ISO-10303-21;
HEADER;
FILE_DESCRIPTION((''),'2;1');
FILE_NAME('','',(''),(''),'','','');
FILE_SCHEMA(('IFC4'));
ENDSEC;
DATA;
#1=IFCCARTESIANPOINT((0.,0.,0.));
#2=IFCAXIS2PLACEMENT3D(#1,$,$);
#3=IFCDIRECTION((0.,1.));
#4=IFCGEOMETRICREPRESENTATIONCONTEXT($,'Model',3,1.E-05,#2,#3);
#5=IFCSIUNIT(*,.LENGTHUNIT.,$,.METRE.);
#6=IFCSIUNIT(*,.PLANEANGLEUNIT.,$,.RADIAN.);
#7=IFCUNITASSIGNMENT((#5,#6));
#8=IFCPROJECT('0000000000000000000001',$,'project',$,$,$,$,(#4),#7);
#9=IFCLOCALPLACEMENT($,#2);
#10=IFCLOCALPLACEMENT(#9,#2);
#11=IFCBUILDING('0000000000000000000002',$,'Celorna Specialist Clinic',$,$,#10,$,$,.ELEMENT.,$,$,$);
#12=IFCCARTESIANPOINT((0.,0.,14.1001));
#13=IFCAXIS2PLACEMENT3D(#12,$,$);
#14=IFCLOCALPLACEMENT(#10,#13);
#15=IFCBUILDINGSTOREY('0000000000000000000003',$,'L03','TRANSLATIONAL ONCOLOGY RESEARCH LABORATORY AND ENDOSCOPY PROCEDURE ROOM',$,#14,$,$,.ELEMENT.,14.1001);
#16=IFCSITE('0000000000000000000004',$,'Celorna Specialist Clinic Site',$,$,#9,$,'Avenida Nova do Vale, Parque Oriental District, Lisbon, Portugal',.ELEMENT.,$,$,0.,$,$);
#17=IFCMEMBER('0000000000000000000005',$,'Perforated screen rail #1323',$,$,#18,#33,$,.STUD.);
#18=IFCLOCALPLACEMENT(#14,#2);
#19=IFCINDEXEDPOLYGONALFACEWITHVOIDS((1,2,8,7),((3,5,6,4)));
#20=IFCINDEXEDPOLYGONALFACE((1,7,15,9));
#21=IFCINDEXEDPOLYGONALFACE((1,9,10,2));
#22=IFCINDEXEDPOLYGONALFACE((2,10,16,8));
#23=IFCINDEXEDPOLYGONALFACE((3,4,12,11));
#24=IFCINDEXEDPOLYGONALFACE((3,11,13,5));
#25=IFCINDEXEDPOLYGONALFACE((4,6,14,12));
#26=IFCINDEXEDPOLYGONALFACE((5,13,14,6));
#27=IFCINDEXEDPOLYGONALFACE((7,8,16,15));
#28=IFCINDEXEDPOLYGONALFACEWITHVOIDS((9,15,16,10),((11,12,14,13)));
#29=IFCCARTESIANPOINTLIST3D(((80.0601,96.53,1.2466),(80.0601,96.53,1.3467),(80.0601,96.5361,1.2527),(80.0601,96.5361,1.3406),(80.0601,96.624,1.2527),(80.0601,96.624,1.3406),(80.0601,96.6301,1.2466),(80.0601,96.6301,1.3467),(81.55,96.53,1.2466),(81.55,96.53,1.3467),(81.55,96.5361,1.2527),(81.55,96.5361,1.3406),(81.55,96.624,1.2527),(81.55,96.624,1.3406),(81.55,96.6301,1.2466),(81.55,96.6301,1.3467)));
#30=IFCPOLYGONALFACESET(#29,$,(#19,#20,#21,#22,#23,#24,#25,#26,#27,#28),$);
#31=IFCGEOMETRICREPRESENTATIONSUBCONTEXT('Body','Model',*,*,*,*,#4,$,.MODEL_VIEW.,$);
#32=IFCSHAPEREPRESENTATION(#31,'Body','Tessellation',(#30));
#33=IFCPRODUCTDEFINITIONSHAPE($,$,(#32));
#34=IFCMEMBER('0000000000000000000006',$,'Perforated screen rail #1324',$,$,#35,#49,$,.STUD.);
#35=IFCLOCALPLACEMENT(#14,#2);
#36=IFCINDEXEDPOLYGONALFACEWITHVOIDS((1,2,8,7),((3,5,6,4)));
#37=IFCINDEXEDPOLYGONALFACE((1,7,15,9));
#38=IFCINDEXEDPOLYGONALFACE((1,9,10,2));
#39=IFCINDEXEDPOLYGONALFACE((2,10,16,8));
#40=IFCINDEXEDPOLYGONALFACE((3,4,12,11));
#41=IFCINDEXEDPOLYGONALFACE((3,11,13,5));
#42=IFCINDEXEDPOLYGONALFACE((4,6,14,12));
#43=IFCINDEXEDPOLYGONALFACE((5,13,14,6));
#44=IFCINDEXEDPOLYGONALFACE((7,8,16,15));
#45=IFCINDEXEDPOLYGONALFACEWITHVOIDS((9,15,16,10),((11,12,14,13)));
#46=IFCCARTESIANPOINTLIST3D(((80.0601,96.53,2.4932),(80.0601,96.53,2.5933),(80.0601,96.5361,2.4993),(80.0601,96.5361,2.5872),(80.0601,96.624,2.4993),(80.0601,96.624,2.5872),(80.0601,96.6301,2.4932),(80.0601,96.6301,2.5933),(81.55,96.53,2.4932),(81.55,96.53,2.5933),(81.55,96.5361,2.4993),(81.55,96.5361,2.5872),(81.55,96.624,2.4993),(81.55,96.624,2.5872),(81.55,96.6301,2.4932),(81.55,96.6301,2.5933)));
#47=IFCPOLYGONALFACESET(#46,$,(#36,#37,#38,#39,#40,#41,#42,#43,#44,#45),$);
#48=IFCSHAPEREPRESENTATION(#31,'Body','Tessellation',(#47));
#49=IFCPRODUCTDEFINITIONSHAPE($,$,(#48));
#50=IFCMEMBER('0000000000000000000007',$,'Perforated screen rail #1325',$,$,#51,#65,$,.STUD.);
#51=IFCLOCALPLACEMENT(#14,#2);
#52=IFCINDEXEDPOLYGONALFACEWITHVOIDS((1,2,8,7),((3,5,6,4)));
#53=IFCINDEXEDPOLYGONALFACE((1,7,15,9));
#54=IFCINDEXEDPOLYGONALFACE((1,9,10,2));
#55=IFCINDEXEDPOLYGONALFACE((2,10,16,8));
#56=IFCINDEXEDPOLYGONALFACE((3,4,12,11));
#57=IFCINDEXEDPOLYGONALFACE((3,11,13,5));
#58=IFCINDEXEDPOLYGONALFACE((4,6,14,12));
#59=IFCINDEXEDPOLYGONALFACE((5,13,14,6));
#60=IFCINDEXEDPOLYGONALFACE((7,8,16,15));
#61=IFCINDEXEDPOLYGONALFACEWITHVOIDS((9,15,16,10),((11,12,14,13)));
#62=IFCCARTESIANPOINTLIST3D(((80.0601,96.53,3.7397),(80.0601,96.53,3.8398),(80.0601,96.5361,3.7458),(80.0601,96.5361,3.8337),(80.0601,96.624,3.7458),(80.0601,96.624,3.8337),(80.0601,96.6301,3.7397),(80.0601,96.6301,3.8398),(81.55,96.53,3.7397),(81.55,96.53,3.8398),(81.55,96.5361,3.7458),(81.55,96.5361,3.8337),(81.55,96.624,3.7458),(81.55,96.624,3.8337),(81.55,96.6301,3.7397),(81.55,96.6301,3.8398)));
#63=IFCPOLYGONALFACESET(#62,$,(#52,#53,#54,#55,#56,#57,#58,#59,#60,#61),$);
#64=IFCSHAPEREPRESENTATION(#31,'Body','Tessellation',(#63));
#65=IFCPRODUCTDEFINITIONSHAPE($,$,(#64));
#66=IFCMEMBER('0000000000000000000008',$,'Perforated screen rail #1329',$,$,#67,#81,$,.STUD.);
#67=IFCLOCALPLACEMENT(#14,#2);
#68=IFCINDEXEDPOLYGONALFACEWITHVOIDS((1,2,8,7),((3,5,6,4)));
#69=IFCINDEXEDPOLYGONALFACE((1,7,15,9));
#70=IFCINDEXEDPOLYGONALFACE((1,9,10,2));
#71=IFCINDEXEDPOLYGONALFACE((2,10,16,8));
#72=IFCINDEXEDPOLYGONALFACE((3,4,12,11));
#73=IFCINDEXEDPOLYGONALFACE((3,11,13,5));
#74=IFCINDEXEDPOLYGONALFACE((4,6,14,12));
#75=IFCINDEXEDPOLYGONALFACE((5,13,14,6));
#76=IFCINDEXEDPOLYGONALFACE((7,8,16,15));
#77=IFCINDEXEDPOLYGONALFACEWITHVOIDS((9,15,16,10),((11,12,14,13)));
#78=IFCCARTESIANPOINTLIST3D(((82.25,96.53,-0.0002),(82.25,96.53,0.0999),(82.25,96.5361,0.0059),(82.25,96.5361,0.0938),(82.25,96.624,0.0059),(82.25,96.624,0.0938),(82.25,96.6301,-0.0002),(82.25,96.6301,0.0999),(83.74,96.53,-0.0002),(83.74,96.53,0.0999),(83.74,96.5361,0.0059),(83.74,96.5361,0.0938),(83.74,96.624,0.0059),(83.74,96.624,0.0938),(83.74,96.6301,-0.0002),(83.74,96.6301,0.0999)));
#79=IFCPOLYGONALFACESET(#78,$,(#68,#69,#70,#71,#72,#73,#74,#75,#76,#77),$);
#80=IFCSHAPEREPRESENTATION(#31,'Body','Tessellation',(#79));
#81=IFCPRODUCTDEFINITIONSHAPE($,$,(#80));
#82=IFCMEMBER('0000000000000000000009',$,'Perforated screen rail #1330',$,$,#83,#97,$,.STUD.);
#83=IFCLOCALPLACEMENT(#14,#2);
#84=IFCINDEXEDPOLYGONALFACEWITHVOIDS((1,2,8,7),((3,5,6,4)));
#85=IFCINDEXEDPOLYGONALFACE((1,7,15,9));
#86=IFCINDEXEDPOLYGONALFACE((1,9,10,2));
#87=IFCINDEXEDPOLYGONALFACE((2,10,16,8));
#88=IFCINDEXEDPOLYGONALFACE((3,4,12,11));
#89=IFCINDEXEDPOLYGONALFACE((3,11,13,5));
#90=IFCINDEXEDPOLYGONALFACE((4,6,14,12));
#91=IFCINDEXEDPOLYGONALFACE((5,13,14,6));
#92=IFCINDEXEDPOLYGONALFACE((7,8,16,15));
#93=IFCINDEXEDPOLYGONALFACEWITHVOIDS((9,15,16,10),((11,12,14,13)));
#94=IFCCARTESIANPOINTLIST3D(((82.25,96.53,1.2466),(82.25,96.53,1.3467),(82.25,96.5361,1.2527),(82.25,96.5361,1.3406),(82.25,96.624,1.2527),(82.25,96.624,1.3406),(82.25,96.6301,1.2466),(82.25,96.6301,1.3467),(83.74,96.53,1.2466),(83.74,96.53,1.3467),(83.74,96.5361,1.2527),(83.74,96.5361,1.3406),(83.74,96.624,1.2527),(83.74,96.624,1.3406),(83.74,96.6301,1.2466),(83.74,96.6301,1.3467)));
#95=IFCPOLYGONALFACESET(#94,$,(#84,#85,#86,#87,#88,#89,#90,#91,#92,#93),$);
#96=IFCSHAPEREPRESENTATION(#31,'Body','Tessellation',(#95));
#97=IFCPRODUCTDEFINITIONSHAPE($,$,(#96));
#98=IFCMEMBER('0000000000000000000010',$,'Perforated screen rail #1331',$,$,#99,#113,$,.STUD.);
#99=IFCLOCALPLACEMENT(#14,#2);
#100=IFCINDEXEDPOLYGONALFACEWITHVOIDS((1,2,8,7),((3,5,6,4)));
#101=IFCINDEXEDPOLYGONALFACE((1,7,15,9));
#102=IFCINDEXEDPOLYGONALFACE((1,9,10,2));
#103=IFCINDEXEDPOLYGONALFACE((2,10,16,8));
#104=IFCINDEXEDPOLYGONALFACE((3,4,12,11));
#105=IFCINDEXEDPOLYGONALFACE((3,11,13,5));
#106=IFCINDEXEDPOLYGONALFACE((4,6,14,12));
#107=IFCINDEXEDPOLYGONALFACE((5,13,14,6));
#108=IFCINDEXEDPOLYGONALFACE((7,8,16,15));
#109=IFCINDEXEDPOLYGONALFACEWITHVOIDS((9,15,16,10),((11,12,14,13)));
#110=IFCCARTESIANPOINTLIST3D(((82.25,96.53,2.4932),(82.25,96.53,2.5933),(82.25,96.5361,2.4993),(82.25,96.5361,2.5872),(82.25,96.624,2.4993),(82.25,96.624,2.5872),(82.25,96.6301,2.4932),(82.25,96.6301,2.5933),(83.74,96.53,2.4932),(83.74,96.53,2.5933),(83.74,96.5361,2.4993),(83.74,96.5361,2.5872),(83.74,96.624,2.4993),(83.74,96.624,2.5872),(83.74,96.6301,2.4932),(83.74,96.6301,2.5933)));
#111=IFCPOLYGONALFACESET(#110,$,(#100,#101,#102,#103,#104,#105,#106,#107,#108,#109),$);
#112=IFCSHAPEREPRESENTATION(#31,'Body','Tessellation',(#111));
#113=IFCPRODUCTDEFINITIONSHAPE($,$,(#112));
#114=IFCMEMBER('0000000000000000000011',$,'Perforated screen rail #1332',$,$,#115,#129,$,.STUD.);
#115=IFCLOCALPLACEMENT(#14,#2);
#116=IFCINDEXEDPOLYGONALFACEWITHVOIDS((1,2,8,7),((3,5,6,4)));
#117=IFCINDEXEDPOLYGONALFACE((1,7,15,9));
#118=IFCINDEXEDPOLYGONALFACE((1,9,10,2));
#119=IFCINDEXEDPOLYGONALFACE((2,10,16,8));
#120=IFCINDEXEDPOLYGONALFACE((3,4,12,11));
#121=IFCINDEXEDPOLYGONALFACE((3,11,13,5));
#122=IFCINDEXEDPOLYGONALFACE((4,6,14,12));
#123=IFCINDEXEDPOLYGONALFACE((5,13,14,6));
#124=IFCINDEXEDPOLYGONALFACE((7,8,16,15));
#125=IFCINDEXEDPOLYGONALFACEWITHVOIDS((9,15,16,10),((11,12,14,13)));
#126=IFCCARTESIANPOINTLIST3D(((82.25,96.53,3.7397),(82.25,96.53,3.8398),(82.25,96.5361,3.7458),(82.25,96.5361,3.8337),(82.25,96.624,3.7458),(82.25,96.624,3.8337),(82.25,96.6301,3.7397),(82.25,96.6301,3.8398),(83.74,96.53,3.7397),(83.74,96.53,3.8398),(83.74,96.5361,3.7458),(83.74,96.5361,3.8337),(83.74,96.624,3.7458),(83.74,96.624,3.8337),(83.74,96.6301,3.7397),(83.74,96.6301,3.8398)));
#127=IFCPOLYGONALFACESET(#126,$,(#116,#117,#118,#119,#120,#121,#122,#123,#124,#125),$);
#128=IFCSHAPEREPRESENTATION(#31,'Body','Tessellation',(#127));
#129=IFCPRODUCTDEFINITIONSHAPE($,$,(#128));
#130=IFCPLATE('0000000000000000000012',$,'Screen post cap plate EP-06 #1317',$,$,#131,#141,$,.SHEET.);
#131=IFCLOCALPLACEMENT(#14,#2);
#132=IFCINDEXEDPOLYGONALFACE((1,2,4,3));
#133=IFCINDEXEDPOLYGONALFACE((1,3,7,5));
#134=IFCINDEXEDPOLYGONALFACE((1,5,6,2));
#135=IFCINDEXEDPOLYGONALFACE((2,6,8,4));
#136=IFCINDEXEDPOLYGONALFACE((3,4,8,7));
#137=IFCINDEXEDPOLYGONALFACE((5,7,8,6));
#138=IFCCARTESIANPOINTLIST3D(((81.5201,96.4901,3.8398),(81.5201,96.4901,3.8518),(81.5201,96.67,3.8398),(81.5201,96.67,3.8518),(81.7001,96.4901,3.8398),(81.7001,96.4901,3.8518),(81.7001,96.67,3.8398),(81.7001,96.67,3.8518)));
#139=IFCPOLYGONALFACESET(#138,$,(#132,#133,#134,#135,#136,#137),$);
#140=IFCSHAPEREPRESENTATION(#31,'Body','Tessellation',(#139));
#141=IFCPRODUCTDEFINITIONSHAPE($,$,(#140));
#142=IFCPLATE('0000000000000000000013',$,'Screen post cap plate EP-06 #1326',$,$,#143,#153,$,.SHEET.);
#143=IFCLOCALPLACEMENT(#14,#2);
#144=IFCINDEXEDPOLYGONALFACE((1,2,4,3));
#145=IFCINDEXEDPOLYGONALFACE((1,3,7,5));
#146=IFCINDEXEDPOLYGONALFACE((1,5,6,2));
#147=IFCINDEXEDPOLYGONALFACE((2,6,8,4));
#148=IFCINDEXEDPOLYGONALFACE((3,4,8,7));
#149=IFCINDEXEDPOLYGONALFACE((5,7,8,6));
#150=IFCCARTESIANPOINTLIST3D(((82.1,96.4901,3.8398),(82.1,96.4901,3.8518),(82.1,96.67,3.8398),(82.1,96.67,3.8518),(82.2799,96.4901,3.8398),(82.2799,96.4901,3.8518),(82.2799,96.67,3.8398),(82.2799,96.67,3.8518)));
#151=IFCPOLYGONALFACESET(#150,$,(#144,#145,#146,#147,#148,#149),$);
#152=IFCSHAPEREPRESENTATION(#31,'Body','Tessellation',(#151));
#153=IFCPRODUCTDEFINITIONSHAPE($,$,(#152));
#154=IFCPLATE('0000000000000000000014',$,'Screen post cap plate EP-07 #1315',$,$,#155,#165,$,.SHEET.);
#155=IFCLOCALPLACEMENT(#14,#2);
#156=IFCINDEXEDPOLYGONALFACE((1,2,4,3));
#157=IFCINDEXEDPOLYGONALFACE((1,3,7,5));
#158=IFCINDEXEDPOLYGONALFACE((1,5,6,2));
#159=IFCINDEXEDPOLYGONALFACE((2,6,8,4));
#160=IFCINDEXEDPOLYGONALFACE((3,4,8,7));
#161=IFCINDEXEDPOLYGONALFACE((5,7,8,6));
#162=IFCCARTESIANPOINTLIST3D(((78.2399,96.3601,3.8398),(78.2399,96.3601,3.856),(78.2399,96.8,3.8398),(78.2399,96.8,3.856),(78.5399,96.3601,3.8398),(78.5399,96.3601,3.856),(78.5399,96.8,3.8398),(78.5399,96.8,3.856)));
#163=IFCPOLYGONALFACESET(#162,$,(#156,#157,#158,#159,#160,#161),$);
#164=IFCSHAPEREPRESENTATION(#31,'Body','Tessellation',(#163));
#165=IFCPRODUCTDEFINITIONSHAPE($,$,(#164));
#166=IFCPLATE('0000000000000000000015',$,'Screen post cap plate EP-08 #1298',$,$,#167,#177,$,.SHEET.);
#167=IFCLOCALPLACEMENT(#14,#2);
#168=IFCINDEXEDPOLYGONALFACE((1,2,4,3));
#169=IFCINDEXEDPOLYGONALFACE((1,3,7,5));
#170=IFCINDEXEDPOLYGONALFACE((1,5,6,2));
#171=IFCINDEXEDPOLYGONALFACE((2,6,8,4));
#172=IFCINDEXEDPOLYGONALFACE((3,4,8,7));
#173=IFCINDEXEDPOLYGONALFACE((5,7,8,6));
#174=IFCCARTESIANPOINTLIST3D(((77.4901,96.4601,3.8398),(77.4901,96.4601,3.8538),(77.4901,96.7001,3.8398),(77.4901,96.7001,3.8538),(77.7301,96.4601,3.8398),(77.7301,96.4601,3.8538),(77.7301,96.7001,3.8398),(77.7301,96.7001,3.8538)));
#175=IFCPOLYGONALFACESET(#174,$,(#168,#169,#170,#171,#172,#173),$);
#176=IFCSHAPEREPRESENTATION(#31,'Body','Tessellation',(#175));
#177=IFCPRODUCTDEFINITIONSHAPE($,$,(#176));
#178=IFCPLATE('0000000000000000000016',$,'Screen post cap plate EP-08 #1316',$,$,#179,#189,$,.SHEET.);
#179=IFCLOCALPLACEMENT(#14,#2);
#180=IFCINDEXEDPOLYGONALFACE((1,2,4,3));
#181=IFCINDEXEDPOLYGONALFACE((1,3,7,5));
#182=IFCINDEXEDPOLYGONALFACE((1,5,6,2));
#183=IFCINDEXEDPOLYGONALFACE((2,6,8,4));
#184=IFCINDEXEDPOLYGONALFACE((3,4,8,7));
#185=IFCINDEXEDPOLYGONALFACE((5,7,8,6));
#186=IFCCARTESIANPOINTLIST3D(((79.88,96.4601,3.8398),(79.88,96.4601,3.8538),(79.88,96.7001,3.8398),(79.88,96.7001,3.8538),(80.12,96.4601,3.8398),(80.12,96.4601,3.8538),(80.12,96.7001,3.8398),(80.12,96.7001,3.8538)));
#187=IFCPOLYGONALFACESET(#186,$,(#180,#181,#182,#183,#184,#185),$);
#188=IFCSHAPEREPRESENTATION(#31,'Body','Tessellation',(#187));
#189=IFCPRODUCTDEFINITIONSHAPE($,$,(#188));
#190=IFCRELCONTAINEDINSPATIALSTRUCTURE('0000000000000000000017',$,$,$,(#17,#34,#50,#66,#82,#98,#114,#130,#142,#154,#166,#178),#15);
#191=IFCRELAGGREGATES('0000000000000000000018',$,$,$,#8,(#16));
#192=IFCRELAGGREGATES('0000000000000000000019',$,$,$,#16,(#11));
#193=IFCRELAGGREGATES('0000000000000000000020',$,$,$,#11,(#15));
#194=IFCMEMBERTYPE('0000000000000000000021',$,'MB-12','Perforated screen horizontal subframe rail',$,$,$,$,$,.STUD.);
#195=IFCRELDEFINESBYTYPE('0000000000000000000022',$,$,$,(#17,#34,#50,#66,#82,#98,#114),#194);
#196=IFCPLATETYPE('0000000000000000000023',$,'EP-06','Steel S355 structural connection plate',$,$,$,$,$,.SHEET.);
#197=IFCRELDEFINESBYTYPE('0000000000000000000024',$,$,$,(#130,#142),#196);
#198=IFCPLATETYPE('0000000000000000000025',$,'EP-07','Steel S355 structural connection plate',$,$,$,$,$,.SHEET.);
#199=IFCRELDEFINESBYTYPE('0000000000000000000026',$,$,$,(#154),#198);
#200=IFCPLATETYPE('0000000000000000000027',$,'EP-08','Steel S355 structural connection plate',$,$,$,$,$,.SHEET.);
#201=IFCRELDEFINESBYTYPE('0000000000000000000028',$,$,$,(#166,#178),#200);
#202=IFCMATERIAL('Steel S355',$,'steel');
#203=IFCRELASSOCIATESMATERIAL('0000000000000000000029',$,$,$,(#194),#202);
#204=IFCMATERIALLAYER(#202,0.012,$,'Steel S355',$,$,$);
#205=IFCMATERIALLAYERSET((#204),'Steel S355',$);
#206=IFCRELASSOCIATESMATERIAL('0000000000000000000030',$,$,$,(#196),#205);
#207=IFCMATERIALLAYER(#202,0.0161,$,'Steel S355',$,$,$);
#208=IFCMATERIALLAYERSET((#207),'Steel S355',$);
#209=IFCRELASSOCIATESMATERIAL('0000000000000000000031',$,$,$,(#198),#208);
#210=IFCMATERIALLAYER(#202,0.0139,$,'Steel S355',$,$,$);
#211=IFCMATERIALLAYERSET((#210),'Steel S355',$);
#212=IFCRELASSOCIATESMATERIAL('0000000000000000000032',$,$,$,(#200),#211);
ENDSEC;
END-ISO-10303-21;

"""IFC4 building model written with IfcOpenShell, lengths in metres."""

from ifc_helpers import new_model, si_unit, direction, frame, origin, origin_2d, place, context, subcontext, project, spatial, rectangle, hollow_rectangle, extrude, material, layer, layer_set, material_profile, profile_set, type_object, element, save


model = new_model("IFC4")

# Units and contexts
model_context = context("Model", 3, precision=1e-05, world=origin(), true_north=direction((0.0, 1.0)))
body_context = subcontext(model_context, "Body", "Model", "MODEL_VIEW")
ifc_project = project(units=[si_unit("LENGTHUNIT", "METRE"), si_unit("PLANEANGLEUNIT", "RADIAN")], contexts=[model_context])

# Site, building, storey
site_placement = place(None, origin())
site = spatial("IfcSite", under=ifc_project, at=site_placement, Name="Celorna Specialist Clinic Site", LongName="Avenida Nova do Vale, Parque Oriental District, Lisbon, Portugal", CompositionType="ELEMENT", RefElevation=0.0)
building_placement = place(site_placement, origin())
building = spatial("IfcBuilding", under=site, at=building_placement, Name="Celorna Specialist Clinic", CompositionType="ELEMENT")
storey_placement = place(building_placement, frame((0.0, 0.0, 14.1001)))
storey = spatial("IfcBuildingStorey", under=building, at=storey_placement, Name="L03", Description="TRANSLATIONAL ONCOLOGY RESEARCH LABORATORY AND ENDOSCOPY PROCEDURE ROOM", CompositionType="ELEMENT", Elevation=14.1001)

# Shared definitions
ifc_material = material(Name="Steel S355", Category="steel")

# Members
ifc_material_profile_1 = material_profile(ifc_material, hollow_rectangle(XDim=0.1001, YDim=0.1001, WallThickness=0.0061, at=origin_2d()), Name="SHS 100x100x6")
ifc_profile_set_1 = profile_set([ifc_material_profile_1], Name="Steel S355")
member_type_1 = type_object("IfcMemberType", Name="MB-12", Description="Perforated screen horizontal subframe rail", PredefinedType="STUD", material=ifc_profile_set_1)
for number, where, z_axis, x_axis, name in (
    (1, (80.0601, 96.5801, 1.2966), (1.0, 0.0, 0.0), (0.0, 1.0, 0.0), "Perforated screen rail #1323"),
    (2, (80.0601, 96.5801, 2.5432), (1.0, 0.0, 0.0), (0.0, 1.0, 0.0), "Perforated screen rail #1324"),
    (3, (80.0601, 96.5801, 3.7898), (1.0, 0.0, 0.0), (0.0, 1.0, 0.0), "Perforated screen rail #1325"),
    (4, (82.25, 96.5801, 0.0498), (1.0, 0.0, 0.0), (0.0, 1.0, 0.0), "Perforated screen rail #1329"),
    (5, (82.25, 96.5801, 1.2966), (1.0, 0.0, 0.0), (0.0, 1.0, 0.0), "Perforated screen rail #1330"),
    (6, (82.25, 96.5801, 2.5432), (1.0, 0.0, 0.0), (0.0, 1.0, 0.0), "Perforated screen rail #1331"),
    (7, (82.25, 96.5801, 3.7898), (1.0, 0.0, 0.0), (0.0, 1.0, 0.0), "Perforated screen rail #1332"),
):
    element("IfcMember", number, at=place(storey_placement, frame(where, z_axis=z_axis, x_axis=x_axis)), inside=storey, type_object=member_type_1, Name=name, PredefinedType="STUD", context=body_context, shape_type="SweptSolid", body=[
        extrude(hollow_rectangle(XDim=0.1001, YDim=0.1001, WallThickness=0.0061, at=origin_2d()), origin(), (0.0, 0.0, 1.0), 1.49),
    ])

# Plates
ifc_layer_1 = layer(ifc_material, 0.012, Name="Steel S355")
ifc_layer_set_1 = layer_set([ifc_layer_1], Name="Steel S355")
plate_type_1 = type_object("IfcPlateType", Name="EP-06", Description="Steel S355 structural connection plate", PredefinedType="SHEET", material=ifc_layer_set_1)
for number, where, z_axis, x_axis, name in (
    (8, (81.6101, 96.5801, 3.8398), (0.0, 0.0, 1.0), (1.0, 0.0, 0.0), "Screen post cap plate EP-06 #1317"),
    (9, (82.1899, 96.5801, 3.8398), (0.0, 0.0, 1.0), (1.0, 0.0, 0.0), "Screen post cap plate EP-06 #1326"),
):
    element("IfcPlate", number, at=place(storey_placement, frame(where, z_axis=z_axis, x_axis=x_axis)), inside=storey, type_object=plate_type_1, Name=name, PredefinedType="SHEET", context=body_context, shape_type="SweptSolid", body=[
        extrude(rectangle(XDim=0.1799, YDim=0.1799, at=origin_2d()), origin(), (0.0, 0.0, 1.0), 0.012),
    ])
ifc_layer_2 = layer(ifc_material, 0.0161, Name="Steel S355")
ifc_layer_set_2 = layer_set([ifc_layer_2], Name="Steel S355")
plate_type_2 = type_object("IfcPlateType", Name="EP-07", Description="Steel S355 structural connection plate", PredefinedType="SHEET", material=ifc_layer_set_2)
plate_placement = place(storey_placement, frame((78.3899, 96.5801, 3.8398), z_axis=(0.0, 0.0, 1.0), x_axis=(1.0, 0.0, 0.0)))
element("IfcPlate", 10, at=plate_placement, inside=storey, type_object=plate_type_2, Name="Screen post cap plate EP-07 #1315", PredefinedType="SHEET", context=body_context, shape_type="SweptSolid", body=[
    extrude(rectangle(XDim=0.3, YDim=0.4399, at=origin_2d()), origin(), (0.0, 0.0, 1.0), 0.0161),
])
ifc_layer_3 = layer(ifc_material, 0.0139, Name="Steel S355")
ifc_layer_set_3 = layer_set([ifc_layer_3], Name="Steel S355")
plate_type_3 = type_object("IfcPlateType", Name="EP-08", Description="Steel S355 structural connection plate", PredefinedType="SHEET", material=ifc_layer_set_3)
for number, where, z_axis, x_axis, name in (
    (11, (77.6101, 96.5801, 3.8398), (0.0, 0.0, 1.0), (1.0, 0.0, 0.0), "Screen post cap plate EP-08 #1298"),
    (12, (80.0, 96.5801, 3.8398), (0.0, 0.0, 1.0), (1.0, 0.0, 0.0), "Screen post cap plate EP-08 #1316"),
):
    element("IfcPlate", number, at=place(storey_placement, frame(where, z_axis=z_axis, x_axis=x_axis)), inside=storey, type_object=plate_type_3, Name=name, PredefinedType="SHEET", context=body_context, shape_type="SweptSolid", body=[
        extrude(rectangle(XDim=0.24, YDim=0.24, at=origin_2d()), origin(), (0.0, 0.0, 1.0), 0.0139),
    ])

save(model, "model.ifc")
